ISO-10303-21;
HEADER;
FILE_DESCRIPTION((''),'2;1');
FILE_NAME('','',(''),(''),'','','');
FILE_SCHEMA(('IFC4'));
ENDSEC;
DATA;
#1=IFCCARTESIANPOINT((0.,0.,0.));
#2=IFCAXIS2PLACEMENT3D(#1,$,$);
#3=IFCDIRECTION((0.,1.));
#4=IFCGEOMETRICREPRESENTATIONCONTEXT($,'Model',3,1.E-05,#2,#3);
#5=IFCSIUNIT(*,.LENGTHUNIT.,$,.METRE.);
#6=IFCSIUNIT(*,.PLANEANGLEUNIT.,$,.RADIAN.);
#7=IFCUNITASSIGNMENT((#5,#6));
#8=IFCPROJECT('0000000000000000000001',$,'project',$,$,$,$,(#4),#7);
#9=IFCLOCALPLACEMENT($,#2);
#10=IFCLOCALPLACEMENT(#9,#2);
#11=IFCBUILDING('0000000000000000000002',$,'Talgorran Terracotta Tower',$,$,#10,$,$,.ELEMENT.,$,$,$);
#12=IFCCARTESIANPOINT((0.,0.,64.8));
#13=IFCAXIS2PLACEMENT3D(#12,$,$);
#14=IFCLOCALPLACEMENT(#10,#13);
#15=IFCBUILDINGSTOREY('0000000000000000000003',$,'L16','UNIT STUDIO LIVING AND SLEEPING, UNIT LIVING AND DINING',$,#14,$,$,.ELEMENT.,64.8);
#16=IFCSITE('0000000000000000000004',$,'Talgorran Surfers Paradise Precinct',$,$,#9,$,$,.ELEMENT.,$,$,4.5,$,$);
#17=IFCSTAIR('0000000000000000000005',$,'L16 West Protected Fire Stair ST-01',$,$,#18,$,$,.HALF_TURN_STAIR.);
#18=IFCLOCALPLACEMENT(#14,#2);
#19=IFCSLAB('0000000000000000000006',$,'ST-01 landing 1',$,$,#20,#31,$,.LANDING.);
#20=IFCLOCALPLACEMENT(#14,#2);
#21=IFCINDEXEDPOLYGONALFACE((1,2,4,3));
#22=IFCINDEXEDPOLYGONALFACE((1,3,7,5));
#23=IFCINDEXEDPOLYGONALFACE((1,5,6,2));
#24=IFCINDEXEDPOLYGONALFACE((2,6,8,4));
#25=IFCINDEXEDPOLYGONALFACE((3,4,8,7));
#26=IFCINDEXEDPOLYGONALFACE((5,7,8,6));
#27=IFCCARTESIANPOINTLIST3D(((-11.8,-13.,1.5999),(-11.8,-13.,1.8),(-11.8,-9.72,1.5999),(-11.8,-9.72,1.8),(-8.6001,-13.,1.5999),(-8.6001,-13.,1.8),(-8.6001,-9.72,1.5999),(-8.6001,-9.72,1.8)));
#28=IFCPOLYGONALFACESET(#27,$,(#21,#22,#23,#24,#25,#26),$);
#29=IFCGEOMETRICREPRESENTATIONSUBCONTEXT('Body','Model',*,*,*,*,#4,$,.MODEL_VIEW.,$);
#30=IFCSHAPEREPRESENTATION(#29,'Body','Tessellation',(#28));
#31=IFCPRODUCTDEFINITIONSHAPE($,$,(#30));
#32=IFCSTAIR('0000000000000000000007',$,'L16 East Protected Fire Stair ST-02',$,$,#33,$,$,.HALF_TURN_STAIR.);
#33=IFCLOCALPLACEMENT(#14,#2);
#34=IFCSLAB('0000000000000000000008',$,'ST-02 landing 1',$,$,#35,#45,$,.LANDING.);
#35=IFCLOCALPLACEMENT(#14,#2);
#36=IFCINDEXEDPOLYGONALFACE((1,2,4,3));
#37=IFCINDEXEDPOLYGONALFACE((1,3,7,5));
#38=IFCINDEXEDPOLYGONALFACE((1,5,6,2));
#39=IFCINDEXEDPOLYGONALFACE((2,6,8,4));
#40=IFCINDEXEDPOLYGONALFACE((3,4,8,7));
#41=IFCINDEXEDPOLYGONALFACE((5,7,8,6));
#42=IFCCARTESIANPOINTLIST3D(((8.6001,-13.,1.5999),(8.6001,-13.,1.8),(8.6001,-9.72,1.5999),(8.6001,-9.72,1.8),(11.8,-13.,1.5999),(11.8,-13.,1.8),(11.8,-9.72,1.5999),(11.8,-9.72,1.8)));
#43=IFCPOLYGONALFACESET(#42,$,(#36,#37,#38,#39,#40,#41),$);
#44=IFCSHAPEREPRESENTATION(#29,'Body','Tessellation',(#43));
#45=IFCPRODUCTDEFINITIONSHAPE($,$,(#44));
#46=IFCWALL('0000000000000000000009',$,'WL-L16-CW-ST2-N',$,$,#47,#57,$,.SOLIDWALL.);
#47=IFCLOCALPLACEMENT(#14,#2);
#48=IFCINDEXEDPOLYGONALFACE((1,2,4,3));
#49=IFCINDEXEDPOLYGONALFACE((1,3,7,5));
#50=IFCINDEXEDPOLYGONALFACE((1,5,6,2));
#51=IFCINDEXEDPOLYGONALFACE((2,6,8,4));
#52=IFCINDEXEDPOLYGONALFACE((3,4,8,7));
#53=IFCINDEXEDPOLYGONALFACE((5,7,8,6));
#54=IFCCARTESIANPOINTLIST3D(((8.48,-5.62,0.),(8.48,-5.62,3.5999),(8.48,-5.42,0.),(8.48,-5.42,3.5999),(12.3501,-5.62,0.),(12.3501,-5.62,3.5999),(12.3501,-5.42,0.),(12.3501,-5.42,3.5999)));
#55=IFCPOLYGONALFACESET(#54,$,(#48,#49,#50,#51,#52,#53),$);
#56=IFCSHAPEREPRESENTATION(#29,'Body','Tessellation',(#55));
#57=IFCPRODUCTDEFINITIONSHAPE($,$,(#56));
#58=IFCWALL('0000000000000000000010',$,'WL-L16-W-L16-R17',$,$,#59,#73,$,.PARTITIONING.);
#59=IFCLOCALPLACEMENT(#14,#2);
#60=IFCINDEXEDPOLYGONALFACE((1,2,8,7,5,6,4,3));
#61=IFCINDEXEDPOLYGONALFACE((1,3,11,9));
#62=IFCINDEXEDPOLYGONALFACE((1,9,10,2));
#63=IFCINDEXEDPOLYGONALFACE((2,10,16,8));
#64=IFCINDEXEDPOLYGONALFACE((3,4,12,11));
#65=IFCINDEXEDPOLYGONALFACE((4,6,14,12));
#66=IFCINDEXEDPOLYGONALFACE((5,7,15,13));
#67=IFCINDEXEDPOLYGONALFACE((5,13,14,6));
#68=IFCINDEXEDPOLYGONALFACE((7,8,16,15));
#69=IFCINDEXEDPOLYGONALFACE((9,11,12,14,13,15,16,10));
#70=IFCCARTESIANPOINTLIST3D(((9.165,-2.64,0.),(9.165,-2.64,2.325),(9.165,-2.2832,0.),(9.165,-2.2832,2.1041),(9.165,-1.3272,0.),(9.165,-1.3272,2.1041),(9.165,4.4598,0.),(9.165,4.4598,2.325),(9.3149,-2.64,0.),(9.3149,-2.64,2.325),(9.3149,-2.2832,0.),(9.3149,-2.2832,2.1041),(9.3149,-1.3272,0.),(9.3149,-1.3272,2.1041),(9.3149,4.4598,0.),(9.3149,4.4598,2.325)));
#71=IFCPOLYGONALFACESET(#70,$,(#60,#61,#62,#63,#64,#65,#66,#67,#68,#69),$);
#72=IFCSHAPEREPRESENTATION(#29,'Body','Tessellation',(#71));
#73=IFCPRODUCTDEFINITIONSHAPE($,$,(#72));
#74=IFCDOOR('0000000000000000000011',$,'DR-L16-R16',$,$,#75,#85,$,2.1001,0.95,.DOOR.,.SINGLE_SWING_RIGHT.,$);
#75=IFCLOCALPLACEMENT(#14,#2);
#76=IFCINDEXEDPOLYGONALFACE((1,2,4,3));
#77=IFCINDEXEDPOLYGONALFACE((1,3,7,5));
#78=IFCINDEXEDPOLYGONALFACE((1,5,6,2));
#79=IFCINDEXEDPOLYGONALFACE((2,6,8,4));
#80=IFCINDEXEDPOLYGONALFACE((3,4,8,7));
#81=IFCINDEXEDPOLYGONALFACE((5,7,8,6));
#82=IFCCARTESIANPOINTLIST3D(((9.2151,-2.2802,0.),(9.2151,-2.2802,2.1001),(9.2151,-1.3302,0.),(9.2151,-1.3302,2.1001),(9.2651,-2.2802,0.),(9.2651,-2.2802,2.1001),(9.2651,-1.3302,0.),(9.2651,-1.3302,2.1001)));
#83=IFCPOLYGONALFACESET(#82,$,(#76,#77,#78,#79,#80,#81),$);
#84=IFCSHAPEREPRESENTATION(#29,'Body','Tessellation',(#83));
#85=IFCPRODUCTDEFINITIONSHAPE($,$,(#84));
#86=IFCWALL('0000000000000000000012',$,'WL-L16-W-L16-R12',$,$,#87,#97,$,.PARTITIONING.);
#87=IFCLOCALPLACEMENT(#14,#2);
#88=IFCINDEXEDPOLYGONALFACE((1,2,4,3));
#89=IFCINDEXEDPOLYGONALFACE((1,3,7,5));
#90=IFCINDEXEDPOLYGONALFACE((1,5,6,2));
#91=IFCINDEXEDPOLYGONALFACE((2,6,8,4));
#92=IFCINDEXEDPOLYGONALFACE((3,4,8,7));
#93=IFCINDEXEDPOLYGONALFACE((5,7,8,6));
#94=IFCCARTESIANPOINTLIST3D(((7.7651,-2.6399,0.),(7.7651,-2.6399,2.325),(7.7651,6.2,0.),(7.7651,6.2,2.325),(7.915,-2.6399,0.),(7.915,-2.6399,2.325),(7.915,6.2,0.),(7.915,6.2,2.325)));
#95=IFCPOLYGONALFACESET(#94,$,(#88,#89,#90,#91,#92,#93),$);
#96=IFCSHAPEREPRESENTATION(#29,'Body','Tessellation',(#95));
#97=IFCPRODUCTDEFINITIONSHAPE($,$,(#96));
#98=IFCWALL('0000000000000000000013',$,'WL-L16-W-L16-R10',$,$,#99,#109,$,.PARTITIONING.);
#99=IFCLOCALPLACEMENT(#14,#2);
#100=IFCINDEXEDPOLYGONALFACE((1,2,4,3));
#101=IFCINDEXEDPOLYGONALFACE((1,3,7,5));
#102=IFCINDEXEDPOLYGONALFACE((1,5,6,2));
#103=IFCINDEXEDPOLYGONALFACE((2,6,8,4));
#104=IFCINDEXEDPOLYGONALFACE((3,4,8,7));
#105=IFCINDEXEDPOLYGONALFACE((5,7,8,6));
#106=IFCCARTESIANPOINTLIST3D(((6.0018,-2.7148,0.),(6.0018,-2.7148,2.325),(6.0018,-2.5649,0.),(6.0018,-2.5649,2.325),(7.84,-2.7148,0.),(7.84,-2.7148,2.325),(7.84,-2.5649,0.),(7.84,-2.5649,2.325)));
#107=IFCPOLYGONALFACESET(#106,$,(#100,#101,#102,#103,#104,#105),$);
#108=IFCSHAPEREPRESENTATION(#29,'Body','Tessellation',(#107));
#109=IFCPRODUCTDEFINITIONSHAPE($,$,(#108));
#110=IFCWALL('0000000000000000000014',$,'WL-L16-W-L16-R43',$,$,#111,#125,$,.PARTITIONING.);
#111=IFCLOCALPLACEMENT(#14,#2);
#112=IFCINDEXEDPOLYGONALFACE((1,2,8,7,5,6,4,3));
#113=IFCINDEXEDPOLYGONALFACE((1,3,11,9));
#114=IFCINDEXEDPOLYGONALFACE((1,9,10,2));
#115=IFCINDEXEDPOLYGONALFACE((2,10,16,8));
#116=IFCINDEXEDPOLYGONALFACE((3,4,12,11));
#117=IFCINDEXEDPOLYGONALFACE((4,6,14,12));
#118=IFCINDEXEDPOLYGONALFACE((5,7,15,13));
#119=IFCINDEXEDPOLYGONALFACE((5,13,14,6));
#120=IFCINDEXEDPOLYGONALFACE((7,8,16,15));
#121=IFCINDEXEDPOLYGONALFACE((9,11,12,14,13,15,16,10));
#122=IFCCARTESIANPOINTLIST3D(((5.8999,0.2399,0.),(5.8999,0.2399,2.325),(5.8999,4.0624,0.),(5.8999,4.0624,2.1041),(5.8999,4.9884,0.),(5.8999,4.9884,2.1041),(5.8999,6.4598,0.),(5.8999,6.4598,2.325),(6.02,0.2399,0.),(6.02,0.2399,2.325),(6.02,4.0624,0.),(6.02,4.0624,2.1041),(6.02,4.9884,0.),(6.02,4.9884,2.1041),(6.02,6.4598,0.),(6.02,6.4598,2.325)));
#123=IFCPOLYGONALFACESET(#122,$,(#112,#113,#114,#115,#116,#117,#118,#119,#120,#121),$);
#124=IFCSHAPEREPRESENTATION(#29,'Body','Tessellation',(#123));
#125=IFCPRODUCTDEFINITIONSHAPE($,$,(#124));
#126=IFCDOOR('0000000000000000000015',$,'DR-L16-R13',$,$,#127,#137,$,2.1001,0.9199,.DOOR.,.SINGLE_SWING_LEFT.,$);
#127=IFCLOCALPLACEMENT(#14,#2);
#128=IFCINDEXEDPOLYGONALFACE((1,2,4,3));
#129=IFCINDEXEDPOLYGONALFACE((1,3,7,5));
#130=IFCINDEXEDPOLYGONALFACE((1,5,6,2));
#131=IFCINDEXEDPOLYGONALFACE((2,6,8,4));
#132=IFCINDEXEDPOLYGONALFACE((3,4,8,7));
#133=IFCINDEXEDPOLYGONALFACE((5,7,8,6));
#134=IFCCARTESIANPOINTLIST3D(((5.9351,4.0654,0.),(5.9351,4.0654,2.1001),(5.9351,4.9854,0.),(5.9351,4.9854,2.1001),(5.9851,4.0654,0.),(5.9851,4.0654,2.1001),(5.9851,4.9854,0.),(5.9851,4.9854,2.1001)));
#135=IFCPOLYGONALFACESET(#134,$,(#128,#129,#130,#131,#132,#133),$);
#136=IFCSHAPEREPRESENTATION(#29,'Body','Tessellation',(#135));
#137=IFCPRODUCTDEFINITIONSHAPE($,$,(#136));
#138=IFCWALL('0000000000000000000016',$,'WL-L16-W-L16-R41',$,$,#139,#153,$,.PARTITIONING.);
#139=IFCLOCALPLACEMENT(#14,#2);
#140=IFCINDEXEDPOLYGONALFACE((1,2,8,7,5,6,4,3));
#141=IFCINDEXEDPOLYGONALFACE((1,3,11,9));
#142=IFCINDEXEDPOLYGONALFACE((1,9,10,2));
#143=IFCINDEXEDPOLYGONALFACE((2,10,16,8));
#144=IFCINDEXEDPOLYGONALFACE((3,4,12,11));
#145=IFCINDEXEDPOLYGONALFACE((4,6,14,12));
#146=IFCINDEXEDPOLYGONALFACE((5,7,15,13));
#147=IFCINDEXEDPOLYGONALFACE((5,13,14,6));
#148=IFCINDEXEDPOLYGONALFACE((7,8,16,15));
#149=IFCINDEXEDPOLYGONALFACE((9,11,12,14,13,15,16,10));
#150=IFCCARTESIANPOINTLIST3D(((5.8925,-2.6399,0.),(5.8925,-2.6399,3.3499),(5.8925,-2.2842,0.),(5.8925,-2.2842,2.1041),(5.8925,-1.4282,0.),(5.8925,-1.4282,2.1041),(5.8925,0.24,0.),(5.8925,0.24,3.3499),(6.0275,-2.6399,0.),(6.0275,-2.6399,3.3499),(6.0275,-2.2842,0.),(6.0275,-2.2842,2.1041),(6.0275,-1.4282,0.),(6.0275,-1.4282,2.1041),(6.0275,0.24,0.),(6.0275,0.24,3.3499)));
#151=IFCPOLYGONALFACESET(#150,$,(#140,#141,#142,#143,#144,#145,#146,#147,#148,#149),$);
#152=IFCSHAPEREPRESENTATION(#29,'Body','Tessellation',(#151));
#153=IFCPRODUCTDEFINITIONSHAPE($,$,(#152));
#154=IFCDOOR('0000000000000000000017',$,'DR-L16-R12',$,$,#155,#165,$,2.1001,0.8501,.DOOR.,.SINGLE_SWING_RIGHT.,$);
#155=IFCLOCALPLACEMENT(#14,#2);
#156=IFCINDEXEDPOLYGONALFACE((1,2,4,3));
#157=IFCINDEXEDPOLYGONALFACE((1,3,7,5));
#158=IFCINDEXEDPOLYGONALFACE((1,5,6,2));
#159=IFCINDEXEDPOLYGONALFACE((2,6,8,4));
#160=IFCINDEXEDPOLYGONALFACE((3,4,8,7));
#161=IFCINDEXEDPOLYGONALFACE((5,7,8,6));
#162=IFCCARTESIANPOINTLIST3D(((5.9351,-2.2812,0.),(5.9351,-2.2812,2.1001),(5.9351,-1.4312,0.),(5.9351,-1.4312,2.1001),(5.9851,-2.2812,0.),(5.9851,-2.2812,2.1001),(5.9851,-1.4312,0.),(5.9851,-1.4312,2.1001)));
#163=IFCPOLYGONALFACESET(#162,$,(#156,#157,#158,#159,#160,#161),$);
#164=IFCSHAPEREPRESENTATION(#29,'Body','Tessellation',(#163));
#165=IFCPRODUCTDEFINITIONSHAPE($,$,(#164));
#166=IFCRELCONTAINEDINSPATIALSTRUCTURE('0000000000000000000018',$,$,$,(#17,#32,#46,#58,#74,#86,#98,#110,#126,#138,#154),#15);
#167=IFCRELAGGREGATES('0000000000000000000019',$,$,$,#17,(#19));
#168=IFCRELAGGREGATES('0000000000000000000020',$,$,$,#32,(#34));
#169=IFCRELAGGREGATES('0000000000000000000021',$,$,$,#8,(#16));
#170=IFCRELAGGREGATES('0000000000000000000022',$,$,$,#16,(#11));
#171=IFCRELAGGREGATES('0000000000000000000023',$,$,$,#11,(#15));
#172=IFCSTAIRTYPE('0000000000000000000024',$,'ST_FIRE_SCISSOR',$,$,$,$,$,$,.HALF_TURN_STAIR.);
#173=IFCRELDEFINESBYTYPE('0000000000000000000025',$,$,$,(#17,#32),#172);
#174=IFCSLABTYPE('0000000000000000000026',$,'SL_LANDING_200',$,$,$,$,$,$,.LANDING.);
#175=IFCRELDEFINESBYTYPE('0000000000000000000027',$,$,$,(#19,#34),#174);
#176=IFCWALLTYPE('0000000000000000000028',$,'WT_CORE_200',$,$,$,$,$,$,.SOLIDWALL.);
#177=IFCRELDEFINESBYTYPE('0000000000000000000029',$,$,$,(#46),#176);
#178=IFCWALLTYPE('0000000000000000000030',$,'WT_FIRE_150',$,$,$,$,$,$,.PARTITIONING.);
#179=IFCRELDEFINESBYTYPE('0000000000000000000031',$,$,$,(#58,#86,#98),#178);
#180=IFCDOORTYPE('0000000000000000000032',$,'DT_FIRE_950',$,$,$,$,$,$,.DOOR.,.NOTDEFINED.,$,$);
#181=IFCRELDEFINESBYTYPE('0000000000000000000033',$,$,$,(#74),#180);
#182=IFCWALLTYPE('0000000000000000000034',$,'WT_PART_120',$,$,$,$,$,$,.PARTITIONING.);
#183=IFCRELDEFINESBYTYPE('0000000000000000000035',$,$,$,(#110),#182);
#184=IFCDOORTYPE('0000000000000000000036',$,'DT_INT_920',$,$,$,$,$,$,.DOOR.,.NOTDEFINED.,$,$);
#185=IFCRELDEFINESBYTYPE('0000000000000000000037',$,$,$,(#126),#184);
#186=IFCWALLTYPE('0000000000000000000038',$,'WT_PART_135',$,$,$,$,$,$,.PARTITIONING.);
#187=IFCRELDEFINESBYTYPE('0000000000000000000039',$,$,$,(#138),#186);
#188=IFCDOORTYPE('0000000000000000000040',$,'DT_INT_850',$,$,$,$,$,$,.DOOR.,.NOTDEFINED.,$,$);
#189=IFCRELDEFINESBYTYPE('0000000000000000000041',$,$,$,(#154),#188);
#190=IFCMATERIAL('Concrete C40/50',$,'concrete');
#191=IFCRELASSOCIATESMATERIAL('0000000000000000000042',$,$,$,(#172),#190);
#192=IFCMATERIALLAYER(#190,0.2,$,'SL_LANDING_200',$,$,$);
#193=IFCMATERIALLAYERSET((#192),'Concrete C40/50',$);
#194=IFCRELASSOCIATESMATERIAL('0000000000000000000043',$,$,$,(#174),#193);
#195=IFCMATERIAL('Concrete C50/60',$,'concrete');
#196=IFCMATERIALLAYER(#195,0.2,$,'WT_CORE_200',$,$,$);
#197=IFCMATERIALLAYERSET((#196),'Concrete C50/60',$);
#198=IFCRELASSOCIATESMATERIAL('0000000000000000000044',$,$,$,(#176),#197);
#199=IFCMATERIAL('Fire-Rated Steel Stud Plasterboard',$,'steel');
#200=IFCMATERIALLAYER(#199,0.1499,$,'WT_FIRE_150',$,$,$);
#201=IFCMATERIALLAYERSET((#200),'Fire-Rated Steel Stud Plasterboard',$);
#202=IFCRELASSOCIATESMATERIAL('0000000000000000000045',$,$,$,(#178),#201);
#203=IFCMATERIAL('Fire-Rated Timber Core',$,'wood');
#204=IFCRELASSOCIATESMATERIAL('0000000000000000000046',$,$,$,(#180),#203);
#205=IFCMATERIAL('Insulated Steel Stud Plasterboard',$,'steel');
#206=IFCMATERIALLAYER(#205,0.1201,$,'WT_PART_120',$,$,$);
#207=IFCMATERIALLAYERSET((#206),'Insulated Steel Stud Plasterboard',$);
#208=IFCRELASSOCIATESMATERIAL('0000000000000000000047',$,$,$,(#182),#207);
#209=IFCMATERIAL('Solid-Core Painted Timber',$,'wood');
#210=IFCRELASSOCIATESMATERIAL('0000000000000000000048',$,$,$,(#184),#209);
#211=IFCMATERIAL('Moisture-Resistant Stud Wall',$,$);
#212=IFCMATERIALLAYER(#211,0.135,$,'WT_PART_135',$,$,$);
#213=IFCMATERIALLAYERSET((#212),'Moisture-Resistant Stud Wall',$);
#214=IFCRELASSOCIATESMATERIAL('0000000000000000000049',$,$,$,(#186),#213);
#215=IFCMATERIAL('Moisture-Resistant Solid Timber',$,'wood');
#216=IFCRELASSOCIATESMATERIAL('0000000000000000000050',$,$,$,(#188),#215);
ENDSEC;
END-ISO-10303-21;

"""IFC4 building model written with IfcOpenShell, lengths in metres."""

from ifc_helpers import new_model, si_unit, direction, frame, frame_2d, origin, place, context, subcontext, project, spatial, polyline, rectangle, outline, extrude, material, layer, layer_set, type_object, element, fill, aggregate, save


model = new_model("IFC4")

# Units and contexts
model_context = context("Model", 3, precision=1e-05, world=origin(), true_north=direction((0.0, 1.0)))
body_context = subcontext(model_context, "Body", "Model", "MODEL_VIEW")
ifc_project = project(units=[si_unit("LENGTHUNIT", "METRE"), si_unit("PLANEANGLEUNIT", "RADIAN")], contexts=[model_context])

# Site, building, storey
site_placement = place(None, origin())
site = spatial("IfcSite", under=ifc_project, at=site_placement, Name="Talgorran Surfers Paradise Precinct", CompositionType="ELEMENT", RefElevation=4.5)
building_placement = place(site_placement, origin())
building = spatial("IfcBuilding", under=site, at=building_placement, Name="Talgorran Terracotta Tower", CompositionType="ELEMENT")
storey_placement = place(building_placement, frame((0.0, 0.0, 64.8)))
storey = spatial("IfcBuildingStorey", under=building, at=storey_placement, Name="L16", Description="UNIT STUDIO LIVING AND SLEEPING, UNIT LIVING AND DINING", CompositionType="ELEMENT", Elevation=64.8)

# Stairs, slabs
ifc_material_1 = material(Name="Concrete C40/50", Category="concrete")
stair_type = type_object("IfcStairType", Name="ST_FIRE_SCISSOR", PredefinedType="HALF_TURN_STAIR", material=ifc_material_1)
stair_1_placement = place(storey_placement, origin())
stair_1 = element("IfcStair", 1, at=stair_1_placement, inside=storey, type_object=stair_type, Name="L16 West Protected Fire Stair ST-01", PredefinedType="HALF_TURN_STAIR")
ifc_layer_1 = layer(ifc_material_1, 0.2, Name="SL_LANDING_200")
ifc_layer_set_1 = layer_set([ifc_layer_1], Name="Concrete C40/50")
slab_type = type_object("IfcSlabType", Name="SL_LANDING_200", PredefinedType="LANDING", material=ifc_layer_set_1)
slab_1_placement = place(storey_placement, frame((0.0, 0.0, 1.5999)))
slab_1 = element("IfcSlab", 2, at=slab_1_placement, type_object=slab_type, Name="ST-01 landing 1", PredefinedType="LANDING", context=body_context, shape_type="SweptSolid", body=[
    extrude(outline(polyline([(-11.8, -9.72), (-11.8, -13.0), (-8.6001, -13.0), (-8.6001, -9.72), (-11.8, -9.72)])), origin(), (0.0, 0.0, 1.0), 0.2002),
])
aggregate(stair_1, [slab_1])
stair_2_placement = place(storey_placement, origin())
stair_2 = element("IfcStair", 3, at=stair_2_placement, inside=storey, type_object=stair_type, Name="L16 East Protected Fire Stair ST-02", PredefinedType="HALF_TURN_STAIR")
slab_2_placement = place(storey_placement, frame((0.0, 0.0, 1.5999)))
slab_2 = element("IfcSlab", 4, at=slab_2_placement, type_object=slab_type, Name="ST-02 landing 1", PredefinedType="LANDING", context=body_context, shape_type="SweptSolid", body=[
    extrude(outline(polyline([(8.6001, -9.72), (8.6001, -13.0), (11.8, -13.0), (11.8, -9.72), (8.6001, -9.72)])), origin(), (0.0, 0.0, 1.0), 0.2002),
])
aggregate(stair_2, [slab_2])

# Wall
ifc_material_2 = material(Name="Concrete C50/60", Category="concrete")
ifc_layer_2 = layer(ifc_material_2, 0.2, Name="WT_CORE_200")
ifc_layer_set_2 = layer_set([ifc_layer_2], Name="Concrete C50/60")
wall_type_1 = type_object("IfcWallType", Name="WT_CORE_200", PredefinedType="SOLIDWALL", material=ifc_layer_set_2)
wall_1_placement = place(storey_placement, frame((8.48, -5.52, 0.0), z_axis=(0.0, 0.0, 1.0), x_axis=(1.0, 0.0, 0.0)))
element("IfcWall", 5, at=wall_1_placement, inside=storey, type_object=wall_type_1, Name="WL-L16-CW-ST2-N", PredefinedType="SOLIDWALL", context=body_context, shape_type="SweptSolid", body=[
    extrude(rectangle(XDim=3.8701, YDim=0.2, at=frame_2d((1.9351, 0.0))), origin(), (0.0, 0.0, 1.0), 3.5999),
])

# Wall, opening, door
ifc_material_3 = material(Name="Fire-Rated Steel Stud Plasterboard", Category="steel")
ifc_layer_3 = layer(ifc_material_3, 0.1499, Name="WT_FIRE_150")
ifc_layer_set_3 = layer_set([ifc_layer_3], Name="Fire-Rated Steel Stud Plasterboard")
wall_type_2 = type_object("IfcWallType", Name="WT_FIRE_150", PredefinedType="PARTITIONING", material=ifc_layer_set_3)
wall_2_placement = place(storey_placement, frame((9.24, -2.6399, 0.0), z_axis=(0.0, 0.0, 1.0), x_axis=(0.0, 1.0, 0.0)))
wall_2 = element("IfcWall", 6, at=wall_2_placement, inside=storey, type_object=wall_type_2, Name="WL-L16-W-L16-R17", PredefinedType="PARTITIONING", context=body_context, shape_type="SweptSolid", body=[
    extrude(rectangle(XDim=7.0999, YDim=0.1499, at=frame_2d((3.5498, 0.0))), origin(), (0.0, 0.0, 1.0), 2.325),
])
opening_1_placement = place(wall_2_placement, frame((0.3596, 0.0, 0.0)))
opening_1 = element("IfcOpeningElement", 7, at=opening_1_placement, cuts=wall_2, PredefinedType="OPENING", context=body_context, shape_type="SweptSolid", body=[
    extrude(rectangle(XDim=0.956, YDim=2.1041, at=frame_2d((0.4751, 1.052))), frame((0.0, 0.085, 0.0), z_axis=(0.0, -1.0, 0.0), x_axis=(1.0, 0.0, 0.0)), (0.0, 0.0, 1.0), 0.1699),
])
ifc_material_4 = material(Name="Fire-Rated Timber Core", Category="wood")
door_type_1 = type_object("IfcDoorType", Name="DT_FIRE_950", OperationType="NOTDEFINED", PredefinedType="DOOR", material=ifc_material_4)
door_1_placement = place(opening_1_placement, origin())
door_1 = element("IfcDoor", 8, at=door_1_placement, inside=storey, type_object=door_type_1, Name="DR-L16-R16", OperationType="SINGLE_SWING_RIGHT", OverallHeight=2.1001, OverallWidth=0.95, PredefinedType="DOOR", context=body_context, shape_type="SweptSolid", body=[
    extrude(rectangle(XDim=0.95, YDim=2.1001, at=frame_2d((0.4751, 1.05))), frame((0.0, 0.0249, 0.0), z_axis=(0.0, -1.0, 0.0), x_axis=(1.0, 0.0, 0.0)), (0.0, 0.0, 1.0), 0.05),
])
fill(opening_1, door_1)

# Walls
wall_3_placement = place(storey_placement, frame((7.8401, -2.6399, 0.0), z_axis=(0.0, 0.0, 1.0), x_axis=(0.0, 1.0, 0.0)))
element("IfcWall", 9, at=wall_3_placement, inside=storey, type_object=wall_type_2, Name="WL-L16-W-L16-R12", PredefinedType="PARTITIONING", context=body_context, shape_type="SweptSolid", body=[
    extrude(rectangle(XDim=8.8398, YDim=0.1499, at=frame_2d((4.4199, 0.0))), origin(), (0.0, 0.0, 1.0), 2.325),
])
wall_4_placement = place(storey_placement, frame((6.002, -2.6399, 0.0), z_axis=(0.0, 0.0, 1.0), x_axis=(1.0, 0.0, 0.0)))
element("IfcWall", 10, at=wall_4_placement, inside=storey, type_object=wall_type_2, Name="WL-L16-W-L16-R10", PredefinedType="PARTITIONING", context=body_context, shape_type="SweptSolid", body=[
    extrude(rectangle(XDim=1.8381, YDim=0.1499, at=frame_2d((0.9189, 0.0))), origin(), (0.0, 0.0, 1.0), 2.325),
])

# Walls, openings, doors
ifc_material_5 = material(Name="Insulated Steel Stud Plasterboard", Category="steel")
ifc_layer_4 = layer(ifc_material_5, 0.1201, Name="WT_PART_120")
ifc_layer_set_4 = layer_set([ifc_layer_4], Name="Insulated Steel Stud Plasterboard")
wall_type_3 = type_object("IfcWallType", Name="WT_PART_120", PredefinedType="PARTITIONING", material=ifc_layer_set_4)
wall_5_placement = place(storey_placement, frame((5.96, 0.24, 0.0), z_axis=(0.0, 0.0, 1.0), x_axis=(0.0, 1.0, 0.0)))
wall_5 = element("IfcWall", 11, at=wall_5_placement, inside=storey, type_object=wall_type_3, Name="WL-L16-W-L16-R43", PredefinedType="PARTITIONING", context=body_context, shape_type="SweptSolid", body=[
    extrude(rectangle(XDim=6.22, YDim=0.1201, at=frame_2d((3.1099, 0.0))), origin(), (0.0, 0.0, 1.0), 2.325),
])
opening_2_placement = place(wall_5_placement, frame((3.8254, 0.0, 0.0)))
opening_2 = element("IfcOpeningElement", 12, at=opening_2_placement, cuts=wall_5, PredefinedType="OPENING", context=body_context, shape_type="SweptSolid", body=[
    extrude(rectangle(XDim=0.9259, YDim=2.1041, at=frame_2d((0.46, 1.052))), frame((0.0, 0.0701, 0.0), z_axis=(0.0, -1.0, 0.0), x_axis=(1.0, 0.0, 0.0)), (0.0, 0.0, 1.0), 0.1401),
])
ifc_material_6 = material(Name="Solid-Core Painted Timber", Category="wood")
door_type_2 = type_object("IfcDoorType", Name="DT_INT_920", OperationType="NOTDEFINED", PredefinedType="DOOR", material=ifc_material_6)
door_2_placement = place(opening_2_placement, origin())
door_2 = element("IfcDoor", 13, at=door_2_placement, inside=storey, type_object=door_type_2, Name="DR-L16-R13", OperationType="SINGLE_SWING_LEFT", OverallHeight=2.1001, OverallWidth=0.9199, PredefinedType="DOOR", context=body_context, shape_type="SweptSolid", body=[
    extrude(rectangle(XDim=0.9199, YDim=2.1001, at=frame_2d((0.46, 1.05))), frame((0.0, 0.0249, 0.0), z_axis=(0.0, -1.0, 0.0), x_axis=(1.0, 0.0, 0.0)), (0.0, 0.0, 1.0), 0.05),
])
fill(opening_2, door_2)
ifc_material_7 = material(Name="Moisture-Resistant Stud Wall")
ifc_layer_5 = layer(ifc_material_7, 0.135, Name="WT_PART_135")
ifc_layer_set_5 = layer_set([ifc_layer_5], Name="Moisture-Resistant Stud Wall")
wall_type_4 = type_object("IfcWallType", Name="WT_PART_135", PredefinedType="PARTITIONING", material=ifc_layer_set_5)
wall_6_placement = place(storey_placement, frame((5.96, -2.6399, 0.0), z_axis=(0.0, 0.0, 1.0), x_axis=(0.0, 1.0, 0.0)))
wall_6 = element("IfcWall", 14, at=wall_6_placement, inside=storey, type_object=wall_type_4, Name="WL-L16-W-L16-R41", PredefinedType="PARTITIONING", context=body_context, shape_type="SweptSolid", body=[
    extrude(rectangle(XDim=2.8799, YDim=0.135, at=frame_2d((1.4399, 0.0))), origin(), (0.0, 0.0, 1.0), 3.3499),
])
opening_3_placement = place(wall_6_placement, frame((0.3586, 0.0, 0.0)))
opening_3 = element("IfcOpeningElement", 15, at=opening_3_placement, cuts=wall_6, PredefinedType="OPENING", context=body_context, shape_type="SweptSolid", body=[
    extrude(rectangle(XDim=0.8561, YDim=2.1041, at=frame_2d((0.425, 1.052))), frame((0.0, 0.0776, 0.0), z_axis=(0.0, -1.0, 0.0), x_axis=(1.0, 0.0, 0.0)), (0.0, 0.0, 1.0), 0.155),
])
ifc_material_8 = material(Name="Moisture-Resistant Solid Timber", Category="wood")
door_type_3 = type_object("IfcDoorType", Name="DT_INT_850", OperationType="NOTDEFINED", PredefinedType="DOOR", material=ifc_material_8)
door_3_placement = place(opening_3_placement, origin())
door_3 = element("IfcDoor", 16, at=door_3_placement, inside=storey, type_object=door_type_3, Name="DR-L16-R12", OperationType="SINGLE_SWING_RIGHT", OverallHeight=2.1001, OverallWidth=0.8501, PredefinedType="DOOR", context=body_context, shape_type="SweptSolid", body=[
    extrude(rectangle(XDim=0.8501, YDim=2.1001, at=frame_2d((0.425, 1.05))), frame((0.0, 0.0249, 0.0), z_axis=(0.0, -1.0, 0.0), x_axis=(1.0, 0.0, 0.0)), (0.0, 0.0, 1.0), 0.05),
])
fill(opening_3, door_3)

save(model, "model.ifc")
